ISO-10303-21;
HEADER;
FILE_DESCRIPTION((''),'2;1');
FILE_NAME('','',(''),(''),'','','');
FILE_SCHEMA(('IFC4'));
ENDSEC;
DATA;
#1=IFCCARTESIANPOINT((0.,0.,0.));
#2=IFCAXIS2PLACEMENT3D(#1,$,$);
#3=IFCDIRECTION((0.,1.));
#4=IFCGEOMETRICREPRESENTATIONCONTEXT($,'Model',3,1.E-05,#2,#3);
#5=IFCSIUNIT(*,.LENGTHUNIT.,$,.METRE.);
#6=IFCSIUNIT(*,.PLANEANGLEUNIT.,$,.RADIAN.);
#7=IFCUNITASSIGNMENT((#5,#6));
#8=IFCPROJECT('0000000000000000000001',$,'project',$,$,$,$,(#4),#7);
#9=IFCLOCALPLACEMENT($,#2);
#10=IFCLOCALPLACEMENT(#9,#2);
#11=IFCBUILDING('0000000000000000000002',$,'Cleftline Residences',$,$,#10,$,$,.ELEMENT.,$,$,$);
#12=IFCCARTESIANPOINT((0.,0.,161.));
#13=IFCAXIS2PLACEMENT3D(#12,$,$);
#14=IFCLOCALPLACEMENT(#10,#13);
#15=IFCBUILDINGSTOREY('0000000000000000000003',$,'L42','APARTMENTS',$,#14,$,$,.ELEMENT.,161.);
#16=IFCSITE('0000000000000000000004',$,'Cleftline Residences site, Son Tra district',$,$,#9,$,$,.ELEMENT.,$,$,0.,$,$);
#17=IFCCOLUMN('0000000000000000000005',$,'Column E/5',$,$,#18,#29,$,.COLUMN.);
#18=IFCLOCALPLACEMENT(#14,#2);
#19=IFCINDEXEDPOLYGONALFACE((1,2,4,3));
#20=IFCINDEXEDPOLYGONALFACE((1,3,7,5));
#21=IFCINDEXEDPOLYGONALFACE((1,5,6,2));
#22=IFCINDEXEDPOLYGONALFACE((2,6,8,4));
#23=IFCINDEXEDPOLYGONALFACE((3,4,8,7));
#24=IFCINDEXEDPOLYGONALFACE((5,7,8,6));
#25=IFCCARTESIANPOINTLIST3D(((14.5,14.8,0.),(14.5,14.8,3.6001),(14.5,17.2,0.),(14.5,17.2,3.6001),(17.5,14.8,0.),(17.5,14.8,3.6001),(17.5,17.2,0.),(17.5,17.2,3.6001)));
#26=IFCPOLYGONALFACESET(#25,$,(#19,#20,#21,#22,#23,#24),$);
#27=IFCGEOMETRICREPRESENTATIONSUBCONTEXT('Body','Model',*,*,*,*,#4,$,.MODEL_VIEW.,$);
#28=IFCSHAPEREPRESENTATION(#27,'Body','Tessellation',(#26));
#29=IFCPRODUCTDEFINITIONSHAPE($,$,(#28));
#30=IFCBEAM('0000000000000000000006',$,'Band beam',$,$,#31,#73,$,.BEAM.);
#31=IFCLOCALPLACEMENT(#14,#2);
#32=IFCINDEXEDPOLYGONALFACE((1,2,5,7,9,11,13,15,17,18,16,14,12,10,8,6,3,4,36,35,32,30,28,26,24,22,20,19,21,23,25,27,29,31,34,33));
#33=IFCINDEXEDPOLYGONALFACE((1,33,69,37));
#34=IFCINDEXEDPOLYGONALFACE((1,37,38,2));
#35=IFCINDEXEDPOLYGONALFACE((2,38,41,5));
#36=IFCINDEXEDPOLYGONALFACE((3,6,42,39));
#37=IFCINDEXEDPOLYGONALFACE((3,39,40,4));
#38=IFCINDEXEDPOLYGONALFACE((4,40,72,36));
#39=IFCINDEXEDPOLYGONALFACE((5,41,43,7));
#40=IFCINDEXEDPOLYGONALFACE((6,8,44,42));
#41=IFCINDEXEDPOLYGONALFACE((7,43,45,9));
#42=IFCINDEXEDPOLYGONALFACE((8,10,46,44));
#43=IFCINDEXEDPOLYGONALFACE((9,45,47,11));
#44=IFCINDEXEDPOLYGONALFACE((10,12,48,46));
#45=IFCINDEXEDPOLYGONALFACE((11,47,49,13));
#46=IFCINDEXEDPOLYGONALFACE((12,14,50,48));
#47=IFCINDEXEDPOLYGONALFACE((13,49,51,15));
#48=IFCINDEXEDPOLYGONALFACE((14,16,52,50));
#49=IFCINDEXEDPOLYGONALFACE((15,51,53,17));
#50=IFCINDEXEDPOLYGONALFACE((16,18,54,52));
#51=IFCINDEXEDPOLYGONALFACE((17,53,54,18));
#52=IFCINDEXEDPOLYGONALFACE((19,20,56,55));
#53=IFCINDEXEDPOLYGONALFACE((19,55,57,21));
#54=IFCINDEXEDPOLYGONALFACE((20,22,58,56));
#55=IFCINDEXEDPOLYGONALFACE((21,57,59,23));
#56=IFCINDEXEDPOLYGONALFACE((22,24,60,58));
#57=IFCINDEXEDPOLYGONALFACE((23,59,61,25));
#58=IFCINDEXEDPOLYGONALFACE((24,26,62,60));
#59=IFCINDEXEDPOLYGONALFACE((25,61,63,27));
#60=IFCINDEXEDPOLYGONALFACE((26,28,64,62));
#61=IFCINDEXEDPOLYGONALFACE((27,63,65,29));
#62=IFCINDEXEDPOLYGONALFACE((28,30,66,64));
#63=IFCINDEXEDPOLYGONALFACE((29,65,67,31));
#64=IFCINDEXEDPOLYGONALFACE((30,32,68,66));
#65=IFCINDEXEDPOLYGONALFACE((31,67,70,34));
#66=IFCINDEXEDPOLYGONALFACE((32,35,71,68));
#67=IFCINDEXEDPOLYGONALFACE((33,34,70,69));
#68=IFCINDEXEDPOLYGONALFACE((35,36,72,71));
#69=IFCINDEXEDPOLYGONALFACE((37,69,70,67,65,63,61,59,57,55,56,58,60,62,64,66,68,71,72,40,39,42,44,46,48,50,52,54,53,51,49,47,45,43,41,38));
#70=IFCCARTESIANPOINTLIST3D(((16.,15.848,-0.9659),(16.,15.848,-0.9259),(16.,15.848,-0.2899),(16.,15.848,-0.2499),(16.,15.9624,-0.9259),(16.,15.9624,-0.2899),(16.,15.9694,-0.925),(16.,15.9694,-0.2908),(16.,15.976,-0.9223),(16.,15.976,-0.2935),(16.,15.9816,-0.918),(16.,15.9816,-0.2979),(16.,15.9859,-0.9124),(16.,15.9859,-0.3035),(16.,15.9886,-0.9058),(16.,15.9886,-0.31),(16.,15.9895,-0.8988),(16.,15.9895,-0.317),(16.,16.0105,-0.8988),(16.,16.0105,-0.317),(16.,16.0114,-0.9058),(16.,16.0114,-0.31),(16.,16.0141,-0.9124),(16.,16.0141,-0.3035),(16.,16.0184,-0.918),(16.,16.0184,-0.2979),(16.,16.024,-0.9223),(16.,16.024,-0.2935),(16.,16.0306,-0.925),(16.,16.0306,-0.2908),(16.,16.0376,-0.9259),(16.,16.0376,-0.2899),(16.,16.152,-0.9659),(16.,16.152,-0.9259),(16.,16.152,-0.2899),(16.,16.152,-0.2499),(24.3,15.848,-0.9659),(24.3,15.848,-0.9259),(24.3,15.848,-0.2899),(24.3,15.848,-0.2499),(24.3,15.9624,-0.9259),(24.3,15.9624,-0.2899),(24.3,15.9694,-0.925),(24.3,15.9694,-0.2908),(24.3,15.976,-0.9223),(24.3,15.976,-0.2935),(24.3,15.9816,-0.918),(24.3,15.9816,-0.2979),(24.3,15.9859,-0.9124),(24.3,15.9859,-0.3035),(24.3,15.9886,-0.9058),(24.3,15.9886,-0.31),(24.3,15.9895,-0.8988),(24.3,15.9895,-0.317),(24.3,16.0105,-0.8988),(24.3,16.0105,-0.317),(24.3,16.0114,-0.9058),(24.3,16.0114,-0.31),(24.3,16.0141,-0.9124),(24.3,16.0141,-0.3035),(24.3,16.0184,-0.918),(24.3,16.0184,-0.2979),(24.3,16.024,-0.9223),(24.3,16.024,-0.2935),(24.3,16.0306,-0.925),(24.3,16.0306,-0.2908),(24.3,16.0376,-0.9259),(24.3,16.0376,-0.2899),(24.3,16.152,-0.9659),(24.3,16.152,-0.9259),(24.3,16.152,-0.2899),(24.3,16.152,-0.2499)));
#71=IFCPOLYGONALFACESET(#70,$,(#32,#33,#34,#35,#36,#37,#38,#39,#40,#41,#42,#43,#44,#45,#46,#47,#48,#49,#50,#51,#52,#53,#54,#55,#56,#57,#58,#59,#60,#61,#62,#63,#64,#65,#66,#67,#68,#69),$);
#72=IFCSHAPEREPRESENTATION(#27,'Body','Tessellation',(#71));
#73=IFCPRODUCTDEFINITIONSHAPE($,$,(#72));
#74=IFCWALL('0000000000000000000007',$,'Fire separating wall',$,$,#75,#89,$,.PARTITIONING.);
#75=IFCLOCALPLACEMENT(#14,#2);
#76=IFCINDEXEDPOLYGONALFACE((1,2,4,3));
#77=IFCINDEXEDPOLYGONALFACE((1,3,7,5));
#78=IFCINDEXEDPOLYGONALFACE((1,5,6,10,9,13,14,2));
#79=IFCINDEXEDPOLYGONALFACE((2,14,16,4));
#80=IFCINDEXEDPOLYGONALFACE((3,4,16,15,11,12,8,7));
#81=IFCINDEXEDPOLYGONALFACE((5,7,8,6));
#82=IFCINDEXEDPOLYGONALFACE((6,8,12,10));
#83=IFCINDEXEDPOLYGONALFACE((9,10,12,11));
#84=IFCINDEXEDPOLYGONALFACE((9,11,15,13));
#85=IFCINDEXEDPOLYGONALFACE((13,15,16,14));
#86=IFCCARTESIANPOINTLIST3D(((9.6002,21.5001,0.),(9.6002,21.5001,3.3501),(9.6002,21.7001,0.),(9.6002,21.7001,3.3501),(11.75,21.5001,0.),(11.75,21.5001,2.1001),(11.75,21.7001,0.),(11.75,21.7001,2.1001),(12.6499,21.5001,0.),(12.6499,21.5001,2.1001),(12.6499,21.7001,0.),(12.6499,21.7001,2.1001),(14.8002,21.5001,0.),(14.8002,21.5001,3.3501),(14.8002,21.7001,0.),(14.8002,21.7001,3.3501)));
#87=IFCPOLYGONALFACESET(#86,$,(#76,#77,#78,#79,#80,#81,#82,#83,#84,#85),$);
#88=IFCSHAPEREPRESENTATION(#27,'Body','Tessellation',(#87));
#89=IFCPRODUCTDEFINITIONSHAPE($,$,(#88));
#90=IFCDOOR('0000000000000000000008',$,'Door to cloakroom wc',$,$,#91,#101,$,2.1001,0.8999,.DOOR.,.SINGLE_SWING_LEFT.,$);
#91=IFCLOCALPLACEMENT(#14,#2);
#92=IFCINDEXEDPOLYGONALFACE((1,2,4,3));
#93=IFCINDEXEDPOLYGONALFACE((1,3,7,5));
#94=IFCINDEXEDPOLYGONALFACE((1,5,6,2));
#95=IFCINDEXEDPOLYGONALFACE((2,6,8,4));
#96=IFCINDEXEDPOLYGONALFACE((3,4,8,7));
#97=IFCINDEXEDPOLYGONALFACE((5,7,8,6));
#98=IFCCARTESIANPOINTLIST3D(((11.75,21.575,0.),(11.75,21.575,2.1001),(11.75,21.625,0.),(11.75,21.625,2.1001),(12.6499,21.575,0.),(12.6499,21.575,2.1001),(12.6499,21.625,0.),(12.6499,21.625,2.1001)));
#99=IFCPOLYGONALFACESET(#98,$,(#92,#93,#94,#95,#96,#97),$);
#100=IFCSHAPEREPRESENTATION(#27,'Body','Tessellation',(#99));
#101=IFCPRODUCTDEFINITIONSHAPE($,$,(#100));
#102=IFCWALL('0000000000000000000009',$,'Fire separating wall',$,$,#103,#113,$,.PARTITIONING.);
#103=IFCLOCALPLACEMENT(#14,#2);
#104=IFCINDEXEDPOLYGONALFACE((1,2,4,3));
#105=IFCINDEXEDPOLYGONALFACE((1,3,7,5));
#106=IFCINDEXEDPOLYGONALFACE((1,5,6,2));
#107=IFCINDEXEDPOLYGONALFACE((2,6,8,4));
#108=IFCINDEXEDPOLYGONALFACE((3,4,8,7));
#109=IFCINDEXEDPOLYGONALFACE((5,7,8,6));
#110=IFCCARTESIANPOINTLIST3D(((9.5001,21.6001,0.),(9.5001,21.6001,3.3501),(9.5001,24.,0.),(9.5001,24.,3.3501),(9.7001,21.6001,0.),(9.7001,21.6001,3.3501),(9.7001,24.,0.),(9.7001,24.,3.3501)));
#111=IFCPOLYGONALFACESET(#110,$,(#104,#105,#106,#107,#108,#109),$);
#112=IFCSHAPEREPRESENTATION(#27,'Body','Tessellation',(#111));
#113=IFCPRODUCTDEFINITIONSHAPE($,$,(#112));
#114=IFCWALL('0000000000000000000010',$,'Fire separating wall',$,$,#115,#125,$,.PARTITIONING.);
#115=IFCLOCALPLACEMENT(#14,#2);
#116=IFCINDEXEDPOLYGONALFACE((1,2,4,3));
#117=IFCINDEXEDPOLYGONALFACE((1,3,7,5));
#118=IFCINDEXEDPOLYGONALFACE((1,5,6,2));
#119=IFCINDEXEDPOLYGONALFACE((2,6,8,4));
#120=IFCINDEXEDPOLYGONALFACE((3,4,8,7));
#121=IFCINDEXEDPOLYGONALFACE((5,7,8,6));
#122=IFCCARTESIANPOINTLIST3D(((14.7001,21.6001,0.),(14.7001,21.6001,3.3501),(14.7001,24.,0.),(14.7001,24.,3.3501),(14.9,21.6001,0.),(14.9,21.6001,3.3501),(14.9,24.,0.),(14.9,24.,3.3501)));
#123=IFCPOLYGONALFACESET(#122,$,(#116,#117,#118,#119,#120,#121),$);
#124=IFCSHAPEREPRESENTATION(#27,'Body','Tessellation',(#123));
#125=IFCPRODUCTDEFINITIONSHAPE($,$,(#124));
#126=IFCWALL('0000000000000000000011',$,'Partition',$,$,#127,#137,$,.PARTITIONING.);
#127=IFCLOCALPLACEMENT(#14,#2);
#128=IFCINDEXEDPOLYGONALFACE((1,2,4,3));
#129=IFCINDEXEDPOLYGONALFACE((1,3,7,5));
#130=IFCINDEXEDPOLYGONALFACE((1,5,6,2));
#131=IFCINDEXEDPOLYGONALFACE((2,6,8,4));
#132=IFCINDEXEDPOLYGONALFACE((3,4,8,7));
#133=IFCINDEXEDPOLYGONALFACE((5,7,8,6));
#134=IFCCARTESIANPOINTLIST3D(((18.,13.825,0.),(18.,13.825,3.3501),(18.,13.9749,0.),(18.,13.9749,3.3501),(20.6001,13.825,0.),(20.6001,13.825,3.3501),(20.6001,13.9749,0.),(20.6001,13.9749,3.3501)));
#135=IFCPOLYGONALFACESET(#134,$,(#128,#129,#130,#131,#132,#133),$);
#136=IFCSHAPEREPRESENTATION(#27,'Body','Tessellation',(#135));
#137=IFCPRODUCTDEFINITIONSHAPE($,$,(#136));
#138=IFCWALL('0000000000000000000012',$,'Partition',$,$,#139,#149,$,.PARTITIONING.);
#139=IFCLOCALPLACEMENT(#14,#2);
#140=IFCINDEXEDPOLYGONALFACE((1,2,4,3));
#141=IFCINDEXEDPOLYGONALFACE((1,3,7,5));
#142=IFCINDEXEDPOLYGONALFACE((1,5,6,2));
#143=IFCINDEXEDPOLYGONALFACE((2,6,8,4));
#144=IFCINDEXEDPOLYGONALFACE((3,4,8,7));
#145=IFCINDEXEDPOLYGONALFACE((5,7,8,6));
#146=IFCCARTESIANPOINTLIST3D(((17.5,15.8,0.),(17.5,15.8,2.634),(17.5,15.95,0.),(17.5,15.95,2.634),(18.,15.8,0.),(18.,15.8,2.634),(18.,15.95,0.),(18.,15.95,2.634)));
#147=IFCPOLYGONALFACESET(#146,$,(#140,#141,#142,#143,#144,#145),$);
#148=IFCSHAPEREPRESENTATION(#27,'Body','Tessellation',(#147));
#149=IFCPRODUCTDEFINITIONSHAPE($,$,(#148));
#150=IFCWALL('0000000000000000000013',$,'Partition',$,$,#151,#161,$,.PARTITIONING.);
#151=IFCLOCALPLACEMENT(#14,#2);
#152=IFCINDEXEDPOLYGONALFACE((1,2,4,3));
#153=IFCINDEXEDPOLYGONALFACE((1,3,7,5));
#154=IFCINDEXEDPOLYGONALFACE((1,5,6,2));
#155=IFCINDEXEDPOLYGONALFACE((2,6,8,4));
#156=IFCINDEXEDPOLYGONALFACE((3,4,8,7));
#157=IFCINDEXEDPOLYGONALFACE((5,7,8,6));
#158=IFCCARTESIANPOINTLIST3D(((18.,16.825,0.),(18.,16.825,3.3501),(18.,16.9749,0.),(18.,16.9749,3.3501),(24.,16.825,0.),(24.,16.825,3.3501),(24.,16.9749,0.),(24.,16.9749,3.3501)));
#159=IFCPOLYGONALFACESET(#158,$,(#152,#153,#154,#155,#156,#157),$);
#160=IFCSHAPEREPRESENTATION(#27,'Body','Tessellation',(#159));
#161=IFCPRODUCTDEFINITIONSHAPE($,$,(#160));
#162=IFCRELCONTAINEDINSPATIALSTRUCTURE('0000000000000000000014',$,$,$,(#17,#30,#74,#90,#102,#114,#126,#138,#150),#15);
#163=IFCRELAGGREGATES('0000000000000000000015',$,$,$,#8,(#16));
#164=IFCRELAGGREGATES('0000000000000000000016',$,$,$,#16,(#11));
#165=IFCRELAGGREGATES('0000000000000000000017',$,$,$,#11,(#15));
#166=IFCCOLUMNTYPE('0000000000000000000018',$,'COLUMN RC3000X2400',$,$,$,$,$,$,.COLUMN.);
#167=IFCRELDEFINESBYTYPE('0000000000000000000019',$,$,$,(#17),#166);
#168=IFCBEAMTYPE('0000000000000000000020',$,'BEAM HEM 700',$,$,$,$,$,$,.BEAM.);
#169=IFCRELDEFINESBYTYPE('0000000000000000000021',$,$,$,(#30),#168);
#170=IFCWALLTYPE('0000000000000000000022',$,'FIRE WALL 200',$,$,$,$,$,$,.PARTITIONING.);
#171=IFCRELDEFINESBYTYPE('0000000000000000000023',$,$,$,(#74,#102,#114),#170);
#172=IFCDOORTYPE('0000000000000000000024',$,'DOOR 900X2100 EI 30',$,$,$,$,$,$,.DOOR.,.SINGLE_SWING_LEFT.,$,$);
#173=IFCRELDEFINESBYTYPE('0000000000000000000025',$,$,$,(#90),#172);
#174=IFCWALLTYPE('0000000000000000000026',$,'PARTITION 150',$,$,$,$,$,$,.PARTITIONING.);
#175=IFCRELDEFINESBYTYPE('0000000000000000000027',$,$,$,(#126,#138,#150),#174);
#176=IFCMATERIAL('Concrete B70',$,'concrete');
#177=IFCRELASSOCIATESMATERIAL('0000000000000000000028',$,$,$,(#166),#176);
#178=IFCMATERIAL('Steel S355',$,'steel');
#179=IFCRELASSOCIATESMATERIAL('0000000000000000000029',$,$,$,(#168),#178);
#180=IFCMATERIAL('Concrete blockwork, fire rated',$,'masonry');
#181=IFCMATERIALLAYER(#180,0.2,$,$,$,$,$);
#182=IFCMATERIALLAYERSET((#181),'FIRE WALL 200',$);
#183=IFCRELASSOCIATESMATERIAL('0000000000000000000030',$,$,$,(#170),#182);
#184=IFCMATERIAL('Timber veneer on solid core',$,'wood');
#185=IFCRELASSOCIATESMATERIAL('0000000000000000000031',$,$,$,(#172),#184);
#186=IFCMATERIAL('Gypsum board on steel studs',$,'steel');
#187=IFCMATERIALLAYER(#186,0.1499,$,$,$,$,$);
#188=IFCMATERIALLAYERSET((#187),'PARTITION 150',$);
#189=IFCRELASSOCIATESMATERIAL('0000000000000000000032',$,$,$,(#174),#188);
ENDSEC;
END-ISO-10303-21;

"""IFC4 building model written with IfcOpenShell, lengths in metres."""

from ifc_helpers import new_model, si_unit, direction, frame, frame_2d, origin, origin_2d, place, context, subcontext, project, spatial, rectangle, i_section, extrude, material, layer, layer_set, material_profile, profile_set, type_object, element, fill, save


model = new_model("IFC4")

# Units and contexts
model_context = context("Model", 3, precision=1e-05, world=origin(), true_north=direction((0.0, 1.0)))
body_context = subcontext(model_context, "Body", "Model", "MODEL_VIEW")
ifc_project = project(units=[si_unit("LENGTHUNIT", "METRE"), si_unit("PLANEANGLEUNIT", "RADIAN")], contexts=[model_context])

# Site, building, storey
site_placement = place(None, origin())
site = spatial("IfcSite", under=ifc_project, at=site_placement, Name="Cleftline Residences site, Son Tra district", CompositionType="ELEMENT", RefElevation=0.0)
building_placement = place(site_placement, origin())
building = spatial("IfcBuilding", under=site, at=building_placement, Name="Cleftline Residences", CompositionType="ELEMENT")
storey_placement = place(building_placement, frame((0.0, 0.0, 161.0)))
storey = spatial("IfcBuildingStorey", under=building, at=storey_placement, Name="L42", Description="APARTMENTS", CompositionType="ELEMENT", Elevation=161.0)

# Column
ifc_material_1 = material(Name="Concrete B70", Category="concrete")
ifc_material_profile_1 = material_profile(ifc_material_1, rectangle(XDim=3.0, YDim=2.3999, at=origin_2d()))
ifc_profile_set_1 = profile_set([ifc_material_profile_1], Name="Concrete B70")
column_type = type_object("IfcColumnType", Name="COLUMN RC3000X2400", PredefinedType="COLUMN", material=ifc_profile_set_1)
column_placement = place(storey_placement, frame((16.0, 16.0, 0.0), z_axis=(0.0, 0.0, 1.0), x_axis=(1.0, 0.0, 0.0)))
element("IfcColumn", 1, at=column_placement, inside=storey, type_object=column_type, Name="Column E/5", PredefinedType="COLUMN", context=body_context, shape_type="SweptSolid", body=[
    extrude(rectangle(XDim=3.0, YDim=2.3999, at=origin_2d()), origin(), (0.0, 0.0, 1.0), 3.6001),
])

# Beam
ifc_material_2 = material(Name="Steel S355", Category="steel")
ifc_material_profile_2 = material_profile(ifc_material_2, i_section(OverallWidth=0.304, OverallDepth=0.7161, WebThickness=0.021, FlangeThickness=0.04, FilletRadius=0.0271, at=origin_2d()))
ifc_profile_set_2 = profile_set([ifc_material_profile_2], Name="Steel S355")
beam_type = type_object("IfcBeamType", Name="BEAM HEM 700", PredefinedType="BEAM", material=ifc_profile_set_2)
beam_placement = place(storey_placement, frame((16.0, 16.0, -0.6079), z_axis=(1.0, 0.0, 0.0), x_axis=(0.0, 1.0, 0.0)))
element("IfcBeam", 2, at=beam_placement, inside=storey, type_object=beam_type, Name="Band beam", PredefinedType="BEAM", context=body_context, shape_type="SweptSolid", body=[
    extrude(i_section(OverallWidth=0.304, OverallDepth=0.7161, WebThickness=0.021, FlangeThickness=0.04, FilletRadius=0.0271, at=origin_2d()), origin(), (0.0, 0.0, 1.0), 8.3),
])

# Wall, opening, door
ifc_material_3 = material(Name="Concrete blockwork, fire rated", Category="masonry")
ifc_layer_1 = layer(ifc_material_3, 0.2)
ifc_layer_set_1 = layer_set([ifc_layer_1], Name="FIRE WALL 200")
wall_type_1 = type_object("IfcWallType", Name="FIRE WALL 200", PredefinedType="PARTITIONING", material=ifc_layer_set_1)
wall_1_placement = place(storey_placement, frame((9.6001, 21.6001, 0.0), z_axis=(0.0, 0.0, 1.0), x_axis=(1.0, 0.0, 0.0)))
wall_1 = element("IfcWall", 3, at=wall_1_placement, inside=storey, type_object=wall_type_1, Name="Fire separating wall", PredefinedType="PARTITIONING", context=body_context, shape_type="SweptSolid", body=[
    extrude(rectangle(XDim=5.2, YDim=0.2, at=frame_2d((2.6001, 0.0))), origin(), (0.0, 0.0, 1.0), 3.3501),
])
opening_1_placement = place(wall_1_placement, frame((2.1499, 0.0, 0.0)))
opening_1 = element("IfcOpeningElement", 4, at=opening_1_placement, cuts=wall_1, PredefinedType="OPENING", context=body_context, shape_type="SweptSolid", body=[
    extrude(rectangle(XDim=0.8999, YDim=2.1001, at=frame_2d((0.45, 1.05))), frame((0.0, 0.1099, 0.0), z_axis=(0.0, -1.0, 0.0), x_axis=(1.0, 0.0, 0.0)), (0.0, 0.0, 1.0), 0.22),
])
ifc_material_4 = material(Name="Timber veneer on solid core", Category="wood")
door_type_1 = type_object("IfcDoorType", Name="DOOR 900X2100 EI 30", OperationType="SINGLE_SWING_LEFT", PredefinedType="DOOR", material=ifc_material_4)
door_1_placement = place(opening_1_placement, origin())
door_1 = element("IfcDoor", 5, at=door_1_placement, inside=storey, type_object=door_type_1, Name="Door to cloakroom wc", OperationType="SINGLE_SWING_LEFT", OverallHeight=2.1001, OverallWidth=0.8999, PredefinedType="DOOR", context=body_context, shape_type="SweptSolid", body=[
    extrude(rectangle(XDim=0.8999, YDim=2.1001, at=frame_2d((0.45, 1.05))), frame((0.0, 0.0249, 0.0), z_axis=(0.0, -1.0, 0.0), x_axis=(1.0, 0.0, 0.0)), (0.0, 0.0, 1.0), 0.05),
])
fill(opening_1, door_1)

# Walls
for number, where, z_axis, x_axis, name in (
    (6, (9.6001, 21.6001, 0.0), (0.0, 0.0, 1.0), (0.0, 1.0, 0.0), "Fire separating wall"),
    (7, (14.8, 21.6001, 0.0), (0.0, 0.0, 1.0), (0.0, 1.0, 0.0), "Fire separating wall"),
):
    element("IfcWall", number, at=place(storey_placement, frame(where, z_axis=z_axis, x_axis=x_axis)), inside=storey, type_object=wall_type_1, Name=name, PredefinedType="PARTITIONING", context=body_context, shape_type="SweptSolid", body=[
        extrude(rectangle(XDim=2.3999, YDim=0.2, at=frame_2d((1.2, 0.0))), origin(), (0.0, 0.0, 1.0), 3.3501),
    ])

# Walls
ifc_material_5 = material(Name="Gypsum board on steel studs", Category="steel")
ifc_layer_2 = layer(ifc_material_5, 0.1499)
ifc_layer_set_2 = layer_set([ifc_layer_2], Name="PARTITION 150")
wall_type_2 = type_object("IfcWallType", Name="PARTITION 150", PredefinedType="PARTITIONING", material=ifc_layer_set_2)
wall_2_placement = place(storey_placement, frame((18.0, 13.8999, 0.0), z_axis=(0.0, 0.0, 1.0), x_axis=(1.0, 0.0, 0.0)))
element("IfcWall", 8, at=wall_2_placement, inside=storey, type_object=wall_type_2, Name="Partition", PredefinedType="PARTITIONING", context=body_context, shape_type="SweptSolid", body=[
    extrude(rectangle(XDim=2.6001, YDim=0.1499, at=frame_2d((1.3, 0.0))), origin(), (0.0, 0.0, 1.0), 3.3501),
])
wall_3_placement = place(storey_placement, frame((17.5, 15.875, 0.0), z_axis=(0.0, 0.0, 1.0), x_axis=(1.0, 0.0, 0.0)))
element("IfcWall", 9, at=wall_3_placement, inside=storey, type_object=wall_type_2, Name="Partition", PredefinedType="PARTITIONING", context=body_context, shape_type="SweptSolid", body=[
    extrude(rectangle(XDim=0.5, YDim=0.1499, at=frame_2d((0.25, 0.0))), origin(), (0.0, 0.0, 1.0), 2.634),
])
wall_4_placement = place(storey_placement, frame((18.0, 16.8999, 0.0), z_axis=(0.0, 0.0, 1.0), x_axis=(1.0, 0.0, 0.0)))
element("IfcWall", 10, at=wall_4_placement, inside=storey, type_object=wall_type_2, Name="Partition", PredefinedType="PARTITIONING", context=body_context, shape_type="SweptSolid", body=[
    extrude(rectangle(XDim=6.0, YDim=0.1499, at=frame_2d((3.0, 0.0))), origin(), (0.0, 0.0, 1.0), 3.3501),
])

save(model, "model.ifc")
